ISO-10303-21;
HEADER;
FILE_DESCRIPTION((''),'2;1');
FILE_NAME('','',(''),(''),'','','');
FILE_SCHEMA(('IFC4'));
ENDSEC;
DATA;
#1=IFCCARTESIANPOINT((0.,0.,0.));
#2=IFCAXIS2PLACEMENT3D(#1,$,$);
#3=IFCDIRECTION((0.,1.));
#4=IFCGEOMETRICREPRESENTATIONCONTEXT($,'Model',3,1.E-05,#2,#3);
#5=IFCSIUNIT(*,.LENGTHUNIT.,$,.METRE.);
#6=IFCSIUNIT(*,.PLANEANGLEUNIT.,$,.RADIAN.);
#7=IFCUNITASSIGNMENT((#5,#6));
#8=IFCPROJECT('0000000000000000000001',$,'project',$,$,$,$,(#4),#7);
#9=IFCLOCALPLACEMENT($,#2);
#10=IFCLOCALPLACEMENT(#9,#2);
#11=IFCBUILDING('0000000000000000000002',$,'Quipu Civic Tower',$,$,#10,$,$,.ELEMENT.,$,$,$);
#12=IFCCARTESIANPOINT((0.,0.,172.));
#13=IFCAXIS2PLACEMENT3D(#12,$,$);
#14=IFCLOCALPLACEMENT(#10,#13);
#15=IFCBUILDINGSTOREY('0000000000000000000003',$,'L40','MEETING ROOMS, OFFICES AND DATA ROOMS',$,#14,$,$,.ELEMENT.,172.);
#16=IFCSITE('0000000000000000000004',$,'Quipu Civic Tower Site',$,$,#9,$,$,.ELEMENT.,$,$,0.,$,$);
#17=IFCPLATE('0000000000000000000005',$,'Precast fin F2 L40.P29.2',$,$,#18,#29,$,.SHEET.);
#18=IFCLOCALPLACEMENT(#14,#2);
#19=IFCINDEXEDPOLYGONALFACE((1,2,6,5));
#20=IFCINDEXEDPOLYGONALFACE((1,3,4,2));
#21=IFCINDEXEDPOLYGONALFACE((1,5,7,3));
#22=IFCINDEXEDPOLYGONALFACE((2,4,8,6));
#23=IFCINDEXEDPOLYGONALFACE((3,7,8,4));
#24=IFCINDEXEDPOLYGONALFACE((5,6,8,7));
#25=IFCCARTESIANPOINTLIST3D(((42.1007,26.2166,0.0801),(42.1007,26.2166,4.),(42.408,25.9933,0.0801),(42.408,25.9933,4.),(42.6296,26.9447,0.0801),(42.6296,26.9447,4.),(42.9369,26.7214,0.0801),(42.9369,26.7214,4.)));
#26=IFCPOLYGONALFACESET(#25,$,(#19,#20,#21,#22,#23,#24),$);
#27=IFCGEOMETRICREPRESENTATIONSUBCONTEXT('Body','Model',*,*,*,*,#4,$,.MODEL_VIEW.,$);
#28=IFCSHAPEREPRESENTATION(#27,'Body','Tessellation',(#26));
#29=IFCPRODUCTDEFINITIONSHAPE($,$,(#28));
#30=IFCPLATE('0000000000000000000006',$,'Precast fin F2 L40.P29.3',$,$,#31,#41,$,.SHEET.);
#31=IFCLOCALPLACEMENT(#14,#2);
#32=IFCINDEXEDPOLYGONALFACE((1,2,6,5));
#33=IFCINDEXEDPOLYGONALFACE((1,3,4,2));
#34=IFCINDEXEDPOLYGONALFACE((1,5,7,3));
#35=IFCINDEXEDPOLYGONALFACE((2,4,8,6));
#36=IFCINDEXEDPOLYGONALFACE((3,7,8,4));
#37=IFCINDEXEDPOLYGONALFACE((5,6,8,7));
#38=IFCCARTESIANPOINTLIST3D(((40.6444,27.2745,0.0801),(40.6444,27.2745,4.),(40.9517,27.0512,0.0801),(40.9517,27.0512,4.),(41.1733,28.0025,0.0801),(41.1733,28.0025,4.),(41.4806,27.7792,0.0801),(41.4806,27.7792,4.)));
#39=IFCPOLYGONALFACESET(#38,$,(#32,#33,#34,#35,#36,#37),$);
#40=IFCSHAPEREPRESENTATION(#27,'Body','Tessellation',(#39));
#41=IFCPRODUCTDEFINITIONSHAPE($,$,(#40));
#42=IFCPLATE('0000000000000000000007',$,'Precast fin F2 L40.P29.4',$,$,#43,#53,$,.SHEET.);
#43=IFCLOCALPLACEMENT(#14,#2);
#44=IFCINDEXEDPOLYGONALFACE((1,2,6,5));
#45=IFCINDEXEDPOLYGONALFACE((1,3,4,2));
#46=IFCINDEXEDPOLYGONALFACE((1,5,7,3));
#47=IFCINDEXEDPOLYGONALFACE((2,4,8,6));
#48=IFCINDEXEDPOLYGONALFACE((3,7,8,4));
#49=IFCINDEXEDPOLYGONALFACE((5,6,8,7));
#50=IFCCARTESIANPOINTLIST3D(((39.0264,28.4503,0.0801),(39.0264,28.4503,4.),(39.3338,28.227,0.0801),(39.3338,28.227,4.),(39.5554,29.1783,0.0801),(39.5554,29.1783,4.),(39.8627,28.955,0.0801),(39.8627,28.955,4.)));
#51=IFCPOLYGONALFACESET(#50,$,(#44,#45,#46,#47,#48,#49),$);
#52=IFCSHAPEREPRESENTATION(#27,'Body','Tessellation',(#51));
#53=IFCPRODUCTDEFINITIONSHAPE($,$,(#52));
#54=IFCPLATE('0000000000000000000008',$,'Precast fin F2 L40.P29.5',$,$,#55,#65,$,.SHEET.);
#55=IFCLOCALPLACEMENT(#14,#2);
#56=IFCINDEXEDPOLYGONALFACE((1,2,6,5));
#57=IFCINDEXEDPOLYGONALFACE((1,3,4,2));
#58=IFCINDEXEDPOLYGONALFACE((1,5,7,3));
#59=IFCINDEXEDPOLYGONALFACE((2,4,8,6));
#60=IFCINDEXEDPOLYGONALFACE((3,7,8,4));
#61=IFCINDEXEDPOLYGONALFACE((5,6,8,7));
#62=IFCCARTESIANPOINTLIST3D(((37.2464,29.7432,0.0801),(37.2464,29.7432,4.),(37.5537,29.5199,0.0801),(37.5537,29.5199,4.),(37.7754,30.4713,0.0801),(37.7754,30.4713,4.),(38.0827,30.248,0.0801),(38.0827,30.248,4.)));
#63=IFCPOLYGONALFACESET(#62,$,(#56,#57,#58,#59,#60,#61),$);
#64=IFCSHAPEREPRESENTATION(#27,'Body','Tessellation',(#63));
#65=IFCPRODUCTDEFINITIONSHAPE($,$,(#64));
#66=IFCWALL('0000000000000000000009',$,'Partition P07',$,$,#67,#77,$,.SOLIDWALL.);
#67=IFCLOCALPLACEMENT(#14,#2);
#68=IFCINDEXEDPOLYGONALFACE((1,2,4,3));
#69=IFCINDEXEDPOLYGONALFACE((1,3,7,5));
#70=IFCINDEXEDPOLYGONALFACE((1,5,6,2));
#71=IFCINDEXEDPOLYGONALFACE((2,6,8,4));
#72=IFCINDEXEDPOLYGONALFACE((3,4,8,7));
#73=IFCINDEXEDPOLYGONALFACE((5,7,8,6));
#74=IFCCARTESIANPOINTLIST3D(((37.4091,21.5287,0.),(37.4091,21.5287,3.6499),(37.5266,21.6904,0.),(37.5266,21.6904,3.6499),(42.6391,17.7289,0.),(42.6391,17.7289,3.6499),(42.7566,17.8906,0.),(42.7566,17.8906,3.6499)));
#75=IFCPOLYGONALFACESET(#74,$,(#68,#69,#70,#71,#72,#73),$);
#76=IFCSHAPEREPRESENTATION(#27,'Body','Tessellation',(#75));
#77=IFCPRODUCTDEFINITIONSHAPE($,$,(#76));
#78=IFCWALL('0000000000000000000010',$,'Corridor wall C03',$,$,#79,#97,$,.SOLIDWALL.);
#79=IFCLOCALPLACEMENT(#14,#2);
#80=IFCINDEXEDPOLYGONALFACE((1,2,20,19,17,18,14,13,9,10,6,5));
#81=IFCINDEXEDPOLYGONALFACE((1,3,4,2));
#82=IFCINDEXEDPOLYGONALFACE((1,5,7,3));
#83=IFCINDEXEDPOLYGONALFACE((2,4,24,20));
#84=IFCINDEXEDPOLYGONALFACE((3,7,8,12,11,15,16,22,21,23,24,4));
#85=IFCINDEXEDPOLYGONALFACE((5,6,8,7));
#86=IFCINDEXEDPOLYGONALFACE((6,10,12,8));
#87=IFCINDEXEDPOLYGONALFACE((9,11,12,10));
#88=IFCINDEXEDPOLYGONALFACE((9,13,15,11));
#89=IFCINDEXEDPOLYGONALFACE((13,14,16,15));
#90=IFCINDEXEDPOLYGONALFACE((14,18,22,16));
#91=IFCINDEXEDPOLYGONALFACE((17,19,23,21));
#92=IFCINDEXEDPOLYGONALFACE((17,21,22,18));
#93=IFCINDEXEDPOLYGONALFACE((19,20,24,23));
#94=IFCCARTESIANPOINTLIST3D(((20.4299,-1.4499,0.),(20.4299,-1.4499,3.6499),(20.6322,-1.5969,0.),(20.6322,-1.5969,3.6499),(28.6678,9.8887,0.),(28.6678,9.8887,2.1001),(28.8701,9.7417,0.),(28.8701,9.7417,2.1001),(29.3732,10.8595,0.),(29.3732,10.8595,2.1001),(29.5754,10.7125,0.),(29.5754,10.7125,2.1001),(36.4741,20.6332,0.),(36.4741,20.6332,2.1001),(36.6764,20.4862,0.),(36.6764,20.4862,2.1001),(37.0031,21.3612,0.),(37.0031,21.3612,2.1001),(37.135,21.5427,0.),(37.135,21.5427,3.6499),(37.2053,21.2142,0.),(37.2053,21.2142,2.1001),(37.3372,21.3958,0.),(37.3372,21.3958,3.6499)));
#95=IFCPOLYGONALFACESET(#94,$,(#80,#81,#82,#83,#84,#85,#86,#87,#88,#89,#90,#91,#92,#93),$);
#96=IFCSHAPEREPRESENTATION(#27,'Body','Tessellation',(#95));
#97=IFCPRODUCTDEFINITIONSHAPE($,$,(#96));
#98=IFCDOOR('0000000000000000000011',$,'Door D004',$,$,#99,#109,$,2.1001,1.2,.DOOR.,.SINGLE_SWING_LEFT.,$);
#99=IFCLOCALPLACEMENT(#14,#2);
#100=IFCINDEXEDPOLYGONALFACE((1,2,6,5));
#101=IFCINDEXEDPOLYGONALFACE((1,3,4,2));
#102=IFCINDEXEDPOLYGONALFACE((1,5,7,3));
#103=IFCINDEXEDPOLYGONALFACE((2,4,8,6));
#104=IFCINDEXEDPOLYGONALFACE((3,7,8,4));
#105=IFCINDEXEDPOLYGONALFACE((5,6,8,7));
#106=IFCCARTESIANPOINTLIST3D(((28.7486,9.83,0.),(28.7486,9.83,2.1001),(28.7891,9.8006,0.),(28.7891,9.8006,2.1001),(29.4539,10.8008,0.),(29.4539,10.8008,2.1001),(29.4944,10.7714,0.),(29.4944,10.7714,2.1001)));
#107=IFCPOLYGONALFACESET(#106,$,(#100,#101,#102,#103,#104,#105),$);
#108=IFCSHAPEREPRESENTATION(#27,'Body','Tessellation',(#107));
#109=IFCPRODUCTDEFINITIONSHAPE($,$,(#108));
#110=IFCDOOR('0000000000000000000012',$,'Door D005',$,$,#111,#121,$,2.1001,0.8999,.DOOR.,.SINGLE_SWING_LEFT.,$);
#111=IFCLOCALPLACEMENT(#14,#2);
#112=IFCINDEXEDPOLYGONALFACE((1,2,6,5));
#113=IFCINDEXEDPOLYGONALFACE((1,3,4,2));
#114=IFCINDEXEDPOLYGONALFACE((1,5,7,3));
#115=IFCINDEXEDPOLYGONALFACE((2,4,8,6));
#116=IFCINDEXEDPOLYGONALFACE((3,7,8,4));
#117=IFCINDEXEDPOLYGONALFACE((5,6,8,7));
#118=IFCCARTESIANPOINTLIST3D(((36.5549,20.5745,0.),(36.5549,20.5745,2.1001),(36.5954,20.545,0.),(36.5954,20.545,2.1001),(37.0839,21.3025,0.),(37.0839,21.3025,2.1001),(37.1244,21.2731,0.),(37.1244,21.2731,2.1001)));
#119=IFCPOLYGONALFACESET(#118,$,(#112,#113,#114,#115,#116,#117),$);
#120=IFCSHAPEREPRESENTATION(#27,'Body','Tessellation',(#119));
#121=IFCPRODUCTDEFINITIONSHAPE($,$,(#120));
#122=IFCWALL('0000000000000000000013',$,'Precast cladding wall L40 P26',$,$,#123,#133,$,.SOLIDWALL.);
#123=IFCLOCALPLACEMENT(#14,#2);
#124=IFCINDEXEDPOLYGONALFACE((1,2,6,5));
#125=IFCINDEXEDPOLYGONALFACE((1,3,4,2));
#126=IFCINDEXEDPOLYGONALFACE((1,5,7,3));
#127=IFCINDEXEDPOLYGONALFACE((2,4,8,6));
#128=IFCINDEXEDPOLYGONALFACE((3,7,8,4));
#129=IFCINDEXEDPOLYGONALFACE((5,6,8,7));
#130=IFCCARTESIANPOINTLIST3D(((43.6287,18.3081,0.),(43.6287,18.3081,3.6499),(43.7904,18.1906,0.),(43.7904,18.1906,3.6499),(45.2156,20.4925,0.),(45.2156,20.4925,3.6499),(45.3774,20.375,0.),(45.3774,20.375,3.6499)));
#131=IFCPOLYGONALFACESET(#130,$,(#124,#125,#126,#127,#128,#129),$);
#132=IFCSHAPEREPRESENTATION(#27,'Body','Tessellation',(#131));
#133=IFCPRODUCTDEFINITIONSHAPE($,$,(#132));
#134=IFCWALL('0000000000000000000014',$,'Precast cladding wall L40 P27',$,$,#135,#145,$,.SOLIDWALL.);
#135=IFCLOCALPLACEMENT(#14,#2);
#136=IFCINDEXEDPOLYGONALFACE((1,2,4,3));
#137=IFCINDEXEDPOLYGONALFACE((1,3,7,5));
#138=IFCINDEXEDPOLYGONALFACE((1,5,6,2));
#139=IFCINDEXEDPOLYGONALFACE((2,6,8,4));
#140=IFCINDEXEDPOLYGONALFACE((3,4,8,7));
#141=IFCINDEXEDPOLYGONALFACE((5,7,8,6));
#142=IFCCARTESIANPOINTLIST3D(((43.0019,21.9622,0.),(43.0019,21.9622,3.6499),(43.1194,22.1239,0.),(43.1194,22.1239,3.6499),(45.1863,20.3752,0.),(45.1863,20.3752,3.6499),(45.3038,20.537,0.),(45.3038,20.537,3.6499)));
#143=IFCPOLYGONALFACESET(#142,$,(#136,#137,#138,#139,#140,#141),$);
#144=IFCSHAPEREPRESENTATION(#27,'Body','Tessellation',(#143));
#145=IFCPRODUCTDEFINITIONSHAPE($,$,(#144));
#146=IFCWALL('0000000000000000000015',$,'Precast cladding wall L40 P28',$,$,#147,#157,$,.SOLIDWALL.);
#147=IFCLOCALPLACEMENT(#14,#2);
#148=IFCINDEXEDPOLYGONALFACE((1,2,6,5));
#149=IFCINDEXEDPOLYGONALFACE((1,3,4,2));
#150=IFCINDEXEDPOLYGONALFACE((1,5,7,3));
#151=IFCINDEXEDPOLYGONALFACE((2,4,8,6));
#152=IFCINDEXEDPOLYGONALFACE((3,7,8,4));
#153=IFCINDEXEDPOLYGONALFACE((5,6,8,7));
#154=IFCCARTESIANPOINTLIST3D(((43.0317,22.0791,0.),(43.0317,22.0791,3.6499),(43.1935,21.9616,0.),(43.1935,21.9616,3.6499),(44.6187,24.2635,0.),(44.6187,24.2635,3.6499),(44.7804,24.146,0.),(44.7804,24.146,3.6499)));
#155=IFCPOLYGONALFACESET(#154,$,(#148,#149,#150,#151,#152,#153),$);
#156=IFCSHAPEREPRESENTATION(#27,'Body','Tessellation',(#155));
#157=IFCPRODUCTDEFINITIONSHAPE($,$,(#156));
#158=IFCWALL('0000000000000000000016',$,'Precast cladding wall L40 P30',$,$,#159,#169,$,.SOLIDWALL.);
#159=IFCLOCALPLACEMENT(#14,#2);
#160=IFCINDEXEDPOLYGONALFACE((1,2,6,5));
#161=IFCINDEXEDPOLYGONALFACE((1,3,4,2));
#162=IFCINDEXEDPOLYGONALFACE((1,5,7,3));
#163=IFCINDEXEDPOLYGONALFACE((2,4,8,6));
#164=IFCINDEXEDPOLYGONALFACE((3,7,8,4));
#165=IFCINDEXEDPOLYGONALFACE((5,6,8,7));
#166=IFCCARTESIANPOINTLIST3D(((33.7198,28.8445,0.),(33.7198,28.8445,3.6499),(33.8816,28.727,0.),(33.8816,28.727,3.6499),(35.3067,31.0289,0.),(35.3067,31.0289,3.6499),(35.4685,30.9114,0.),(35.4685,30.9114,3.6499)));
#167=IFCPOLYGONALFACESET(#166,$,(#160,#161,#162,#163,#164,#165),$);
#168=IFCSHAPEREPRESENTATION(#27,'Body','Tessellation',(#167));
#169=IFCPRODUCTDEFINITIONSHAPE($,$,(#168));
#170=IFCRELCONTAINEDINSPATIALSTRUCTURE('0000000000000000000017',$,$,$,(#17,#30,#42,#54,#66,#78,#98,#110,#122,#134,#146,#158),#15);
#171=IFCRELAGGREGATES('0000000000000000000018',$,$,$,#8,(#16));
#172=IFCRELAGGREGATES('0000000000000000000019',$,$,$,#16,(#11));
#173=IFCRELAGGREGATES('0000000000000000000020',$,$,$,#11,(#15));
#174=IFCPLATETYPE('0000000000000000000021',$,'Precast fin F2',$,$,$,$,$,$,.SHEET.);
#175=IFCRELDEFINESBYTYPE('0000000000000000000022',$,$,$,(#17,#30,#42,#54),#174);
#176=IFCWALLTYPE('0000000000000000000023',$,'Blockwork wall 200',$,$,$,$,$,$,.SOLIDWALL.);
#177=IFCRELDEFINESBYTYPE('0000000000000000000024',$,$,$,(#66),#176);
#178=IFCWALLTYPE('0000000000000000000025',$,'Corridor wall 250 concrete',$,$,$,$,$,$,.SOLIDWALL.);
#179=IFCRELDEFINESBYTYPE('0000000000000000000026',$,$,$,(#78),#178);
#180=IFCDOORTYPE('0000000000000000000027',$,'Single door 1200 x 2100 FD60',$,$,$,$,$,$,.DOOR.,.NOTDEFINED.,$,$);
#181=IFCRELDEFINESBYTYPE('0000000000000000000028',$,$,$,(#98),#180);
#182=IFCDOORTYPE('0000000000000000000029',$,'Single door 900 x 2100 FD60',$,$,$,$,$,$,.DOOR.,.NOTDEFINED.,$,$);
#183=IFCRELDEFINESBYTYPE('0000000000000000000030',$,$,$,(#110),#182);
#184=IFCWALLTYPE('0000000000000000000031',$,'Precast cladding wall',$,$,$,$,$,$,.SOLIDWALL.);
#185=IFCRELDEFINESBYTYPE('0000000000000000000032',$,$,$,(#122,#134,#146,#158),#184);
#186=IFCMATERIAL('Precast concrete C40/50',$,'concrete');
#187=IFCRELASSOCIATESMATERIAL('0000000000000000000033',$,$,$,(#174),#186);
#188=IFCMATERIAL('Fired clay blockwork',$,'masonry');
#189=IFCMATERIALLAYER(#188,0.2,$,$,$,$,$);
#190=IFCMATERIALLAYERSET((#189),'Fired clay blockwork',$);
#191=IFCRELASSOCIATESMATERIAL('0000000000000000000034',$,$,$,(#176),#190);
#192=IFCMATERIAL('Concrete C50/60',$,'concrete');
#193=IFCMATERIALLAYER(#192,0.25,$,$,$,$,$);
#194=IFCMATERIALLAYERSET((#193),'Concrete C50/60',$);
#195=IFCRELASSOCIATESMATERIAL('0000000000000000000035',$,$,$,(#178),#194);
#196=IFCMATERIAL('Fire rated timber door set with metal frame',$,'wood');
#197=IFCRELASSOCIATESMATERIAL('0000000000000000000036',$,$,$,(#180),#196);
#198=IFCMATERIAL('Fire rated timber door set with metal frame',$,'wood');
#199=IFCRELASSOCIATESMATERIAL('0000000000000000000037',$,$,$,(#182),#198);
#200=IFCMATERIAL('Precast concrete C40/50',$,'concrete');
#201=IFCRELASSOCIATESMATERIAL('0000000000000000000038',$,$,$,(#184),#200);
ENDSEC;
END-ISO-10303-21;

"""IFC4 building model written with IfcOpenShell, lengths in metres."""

from ifc_helpers import new_model, si_unit, direction, frame, frame_2d, origin, origin_2d, place, context, subcontext, project, spatial, rectangle, extrude, material, layer, layer_set, type_object, element, fill, save


model = new_model("IFC4")

# Units and contexts
model_context = context("Model", 3, precision=1e-05, world=origin(), true_north=direction((0.0, 1.0)))
body_context = subcontext(model_context, "Body", "Model", "MODEL_VIEW")
ifc_project = project(units=[si_unit("LENGTHUNIT", "METRE"), si_unit("PLANEANGLEUNIT", "RADIAN")], contexts=[model_context])

# Site, building, storey
site_placement = place(None, origin())
site = spatial("IfcSite", under=ifc_project, at=site_placement, Name="Quipu Civic Tower Site", CompositionType="ELEMENT", RefElevation=0.0)
building_placement = place(site_placement, origin())
building = spatial("IfcBuilding", under=site, at=building_placement, Name="Quipu Civic Tower", CompositionType="ELEMENT")
storey_placement = place(building_placement, frame((0.0, 0.0, 172.0)))
storey = spatial("IfcBuildingStorey", under=building, at=storey_placement, Name="L40", Description="MEETING ROOMS, OFFICES AND DATA ROOMS", CompositionType="ELEMENT", Elevation=172.0)

# Plates
ifc_material_1 = material(Name="Precast concrete C40/50", Category="concrete")
plate_type_1 = type_object("IfcPlateType", Name="Precast fin F2", PredefinedType="SHEET", material=ifc_material_1)
for number, where, z_axis, x_axis, name in (
    (1, (42.5188, 26.469, 0.0801), (0.0, 0.0, 1.0), (-0.809017, 0.587785, 0.0), "Precast fin F2 L40.P29.2"),
    (2, (41.0625, 27.5269, 0.0801), (0.0, 0.0, 1.0), (-0.809017, 0.587785, 0.0), "Precast fin F2 L40.P29.3"),
    (3, (39.4446, 28.7026, 0.0801), (0.0, 0.0, 1.0), (-0.809017, 0.587785, 0.0), "Precast fin F2 L40.P29.4"),
    (4, (37.6646, 29.9956, 0.0801), (0.0, 0.0, 1.0), (-0.809017, 0.587785, 0.0), "Precast fin F2 L40.P29.5"),
):
    element("IfcPlate", number, at=place(storey_placement, frame(where, z_axis=z_axis, x_axis=x_axis)), inside=storey, type_object=plate_type_1, Name=name, PredefinedType="SHEET", context=body_context, shape_type="SweptSolid", body=[
        extrude(rectangle(XDim=0.3799, YDim=0.8999, at=origin_2d()), origin(), (0.0, 0.0, 1.0), 3.9199),
    ])

# Wall
ifc_material_2 = material(Name="Fired clay blockwork", Category="masonry")
ifc_layer_1 = layer(ifc_material_2, 0.2)
ifc_layer_set_1 = layer_set([ifc_layer_1], Name="Fired clay blockwork")
wall_type_1 = type_object("IfcWallType", Name="Blockwork wall 200", PredefinedType="SOLIDWALL", material=ifc_layer_set_1)
wall_1_placement = place(storey_placement, frame((37.4678, 21.6096, 0.0), z_axis=(0.0, 0.0, 1.0), x_axis=(0.809017, -0.587785, 0.0)))
element("IfcWall", 5, at=wall_1_placement, inside=storey, type_object=wall_type_1, Name="Partition P07", PredefinedType="SOLIDWALL", context=body_context, shape_type="SweptSolid", body=[
    extrude(rectangle(XDim=6.4646, YDim=0.2, at=frame_2d((3.2324, 0.0))), origin(), (0.0, 0.0, 1.0), 3.6499),
])

# Wall, openings, doors
ifc_material_3 = material(Name="Concrete C50/60", Category="concrete")
ifc_layer_2 = layer(ifc_material_3, 0.25)
ifc_layer_set_2 = layer_set([ifc_layer_2], Name="Concrete C50/60")
wall_type_2 = type_object("IfcWallType", Name="Corridor wall 250 concrete", PredefinedType="SOLIDWALL", material=ifc_layer_set_2)
wall_2_placement = place(storey_placement, frame((37.2361, 21.4692, 0.0), z_axis=(0.0, 0.0, 1.0), x_axis=(-0.587783, -0.809018, 0.0)))
wall_2 = element("IfcWall", 6, at=wall_2_placement, inside=storey, type_object=wall_type_2, Name="Corridor wall C03", PredefinedType="SOLIDWALL", context=body_context, shape_type="SweptSolid", body=[
    extrude(rectangle(XDim=28.4204, YDim=0.25, at=frame_2d((14.2102, 0.0))), origin(), (0.0, 0.0, 1.0), 3.6499),
])
opening_1_placement = place(wall_2_placement, frame((13.2051, 0.0, 0.0)))
opening_1 = element("IfcOpeningElement", 7, at=opening_1_placement, cuts=wall_2, PredefinedType="OPENING", context=body_context, shape_type="SweptSolid", body=[
    extrude(rectangle(XDim=1.2, YDim=2.1001, at=frame_2d((0.6001, 1.05))), frame((0.0, 0.135, 0.0), z_axis=(0.0, -1.0, 0.0), x_axis=(1.0, 0.0, 0.0)), (0.0, 0.0, 1.0), 0.27),
])
opening_2_placement = place(wall_2_placement, frame((0.2244, 0.0, 0.0)))
opening_2 = element("IfcOpeningElement", 8, at=opening_2_placement, cuts=wall_2, PredefinedType="OPENING", context=body_context, shape_type="SweptSolid", body=[
    extrude(rectangle(XDim=0.8999, YDim=2.1001, at=frame_2d((0.45, 1.05))), frame((0.0, 0.135, 0.0), z_axis=(0.0, -1.0, 0.0), x_axis=(1.0, 0.0, 0.0)), (0.0, 0.0, 1.0), 0.27),
])
ifc_material_4 = material(Name="Fire rated timber door set with metal frame", Category="wood")
door_type_1 = type_object("IfcDoorType", Name="Single door 1200 x 2100 FD60", OperationType="NOTDEFINED", PredefinedType="DOOR", material=ifc_material_4)
door_1_placement = place(opening_1_placement, origin())
door_1 = element("IfcDoor", 9, at=door_1_placement, inside=storey, type_object=door_type_1, Name="Door D004", OperationType="SINGLE_SWING_LEFT", OverallHeight=2.1001, OverallWidth=1.2, PredefinedType="DOOR", context=body_context, shape_type="SweptSolid", body=[
    extrude(rectangle(XDim=1.2, YDim=2.1001, at=frame_2d((0.6001, 1.05))), frame((0.0, 0.0249, 0.0), z_axis=(0.0, -1.0, 0.0), x_axis=(1.0, 0.0, 0.0)), (0.0, 0.0, 1.0), 0.05),
])
fill(opening_1, door_1)
ifc_material_5 = material(Name="Fire rated timber door set with metal frame", Category="wood")
door_type_2 = type_object("IfcDoorType", Name="Single door 900 x 2100 FD60", OperationType="NOTDEFINED", PredefinedType="DOOR", material=ifc_material_5)
door_2_placement = place(opening_2_placement, origin())
door_2 = element("IfcDoor", 10, at=door_2_placement, inside=storey, type_object=door_type_2, Name="Door D005", OperationType="SINGLE_SWING_LEFT", OverallHeight=2.1001, OverallWidth=0.8999, PredefinedType="DOOR", context=body_context, shape_type="SweptSolid", body=[
    extrude(rectangle(XDim=0.8999, YDim=2.1001, at=frame_2d((0.45, 1.05))), frame((0.0, 0.0249, 0.0), z_axis=(0.0, -1.0, 0.0), x_axis=(1.0, 0.0, 0.0)), (0.0, 0.0, 1.0), 0.05),
])
fill(opening_2, door_2)

# Walls
ifc_material_6 = material(Name="Precast concrete C40/50", Category="concrete")
wall_type_3 = type_object("IfcWallType", Name="Precast cladding wall", PredefinedType="SOLIDWALL", material=ifc_material_6)
for number, where, z_axis, x_axis, name in (
    (11, (43.7095, 18.2493, 0.0), (0.0, 0.0, 1.0), (0.587763, 0.809033, 0.0), "Precast cladding wall L40 P26"),
    (12, (45.2451, 20.4561, 0.0), (0.0, 0.0, 1.0), (-0.809033, 0.587763, 0.0), "Precast cladding wall L40 P27"),
    (13, (43.1125, 22.0203, 0.0), (0.0, 0.0, 1.0), (0.587763, 0.809033, 0.0), "Precast cladding wall L40 P28"),
    (14, (35.3877, 30.9702, 0.0), (0.0, 0.0, 1.0), (-0.587763, -0.809033, 0.0), "Precast cladding wall L40 P30"),
):
    element("IfcWall", number, at=place(storey_placement, frame(where, z_axis=z_axis, x_axis=x_axis)), inside=storey, type_object=wall_type_3, Name=name, PredefinedType="SOLIDWALL", context=body_context, shape_type="SweptSolid", body=[
        extrude(rectangle(XDim=2.7, YDim=0.2, at=frame_2d((1.3501, 0.0))), origin(), (0.0, 0.0, 1.0), 3.6499),
    ])

save(model, "model.ifc")
